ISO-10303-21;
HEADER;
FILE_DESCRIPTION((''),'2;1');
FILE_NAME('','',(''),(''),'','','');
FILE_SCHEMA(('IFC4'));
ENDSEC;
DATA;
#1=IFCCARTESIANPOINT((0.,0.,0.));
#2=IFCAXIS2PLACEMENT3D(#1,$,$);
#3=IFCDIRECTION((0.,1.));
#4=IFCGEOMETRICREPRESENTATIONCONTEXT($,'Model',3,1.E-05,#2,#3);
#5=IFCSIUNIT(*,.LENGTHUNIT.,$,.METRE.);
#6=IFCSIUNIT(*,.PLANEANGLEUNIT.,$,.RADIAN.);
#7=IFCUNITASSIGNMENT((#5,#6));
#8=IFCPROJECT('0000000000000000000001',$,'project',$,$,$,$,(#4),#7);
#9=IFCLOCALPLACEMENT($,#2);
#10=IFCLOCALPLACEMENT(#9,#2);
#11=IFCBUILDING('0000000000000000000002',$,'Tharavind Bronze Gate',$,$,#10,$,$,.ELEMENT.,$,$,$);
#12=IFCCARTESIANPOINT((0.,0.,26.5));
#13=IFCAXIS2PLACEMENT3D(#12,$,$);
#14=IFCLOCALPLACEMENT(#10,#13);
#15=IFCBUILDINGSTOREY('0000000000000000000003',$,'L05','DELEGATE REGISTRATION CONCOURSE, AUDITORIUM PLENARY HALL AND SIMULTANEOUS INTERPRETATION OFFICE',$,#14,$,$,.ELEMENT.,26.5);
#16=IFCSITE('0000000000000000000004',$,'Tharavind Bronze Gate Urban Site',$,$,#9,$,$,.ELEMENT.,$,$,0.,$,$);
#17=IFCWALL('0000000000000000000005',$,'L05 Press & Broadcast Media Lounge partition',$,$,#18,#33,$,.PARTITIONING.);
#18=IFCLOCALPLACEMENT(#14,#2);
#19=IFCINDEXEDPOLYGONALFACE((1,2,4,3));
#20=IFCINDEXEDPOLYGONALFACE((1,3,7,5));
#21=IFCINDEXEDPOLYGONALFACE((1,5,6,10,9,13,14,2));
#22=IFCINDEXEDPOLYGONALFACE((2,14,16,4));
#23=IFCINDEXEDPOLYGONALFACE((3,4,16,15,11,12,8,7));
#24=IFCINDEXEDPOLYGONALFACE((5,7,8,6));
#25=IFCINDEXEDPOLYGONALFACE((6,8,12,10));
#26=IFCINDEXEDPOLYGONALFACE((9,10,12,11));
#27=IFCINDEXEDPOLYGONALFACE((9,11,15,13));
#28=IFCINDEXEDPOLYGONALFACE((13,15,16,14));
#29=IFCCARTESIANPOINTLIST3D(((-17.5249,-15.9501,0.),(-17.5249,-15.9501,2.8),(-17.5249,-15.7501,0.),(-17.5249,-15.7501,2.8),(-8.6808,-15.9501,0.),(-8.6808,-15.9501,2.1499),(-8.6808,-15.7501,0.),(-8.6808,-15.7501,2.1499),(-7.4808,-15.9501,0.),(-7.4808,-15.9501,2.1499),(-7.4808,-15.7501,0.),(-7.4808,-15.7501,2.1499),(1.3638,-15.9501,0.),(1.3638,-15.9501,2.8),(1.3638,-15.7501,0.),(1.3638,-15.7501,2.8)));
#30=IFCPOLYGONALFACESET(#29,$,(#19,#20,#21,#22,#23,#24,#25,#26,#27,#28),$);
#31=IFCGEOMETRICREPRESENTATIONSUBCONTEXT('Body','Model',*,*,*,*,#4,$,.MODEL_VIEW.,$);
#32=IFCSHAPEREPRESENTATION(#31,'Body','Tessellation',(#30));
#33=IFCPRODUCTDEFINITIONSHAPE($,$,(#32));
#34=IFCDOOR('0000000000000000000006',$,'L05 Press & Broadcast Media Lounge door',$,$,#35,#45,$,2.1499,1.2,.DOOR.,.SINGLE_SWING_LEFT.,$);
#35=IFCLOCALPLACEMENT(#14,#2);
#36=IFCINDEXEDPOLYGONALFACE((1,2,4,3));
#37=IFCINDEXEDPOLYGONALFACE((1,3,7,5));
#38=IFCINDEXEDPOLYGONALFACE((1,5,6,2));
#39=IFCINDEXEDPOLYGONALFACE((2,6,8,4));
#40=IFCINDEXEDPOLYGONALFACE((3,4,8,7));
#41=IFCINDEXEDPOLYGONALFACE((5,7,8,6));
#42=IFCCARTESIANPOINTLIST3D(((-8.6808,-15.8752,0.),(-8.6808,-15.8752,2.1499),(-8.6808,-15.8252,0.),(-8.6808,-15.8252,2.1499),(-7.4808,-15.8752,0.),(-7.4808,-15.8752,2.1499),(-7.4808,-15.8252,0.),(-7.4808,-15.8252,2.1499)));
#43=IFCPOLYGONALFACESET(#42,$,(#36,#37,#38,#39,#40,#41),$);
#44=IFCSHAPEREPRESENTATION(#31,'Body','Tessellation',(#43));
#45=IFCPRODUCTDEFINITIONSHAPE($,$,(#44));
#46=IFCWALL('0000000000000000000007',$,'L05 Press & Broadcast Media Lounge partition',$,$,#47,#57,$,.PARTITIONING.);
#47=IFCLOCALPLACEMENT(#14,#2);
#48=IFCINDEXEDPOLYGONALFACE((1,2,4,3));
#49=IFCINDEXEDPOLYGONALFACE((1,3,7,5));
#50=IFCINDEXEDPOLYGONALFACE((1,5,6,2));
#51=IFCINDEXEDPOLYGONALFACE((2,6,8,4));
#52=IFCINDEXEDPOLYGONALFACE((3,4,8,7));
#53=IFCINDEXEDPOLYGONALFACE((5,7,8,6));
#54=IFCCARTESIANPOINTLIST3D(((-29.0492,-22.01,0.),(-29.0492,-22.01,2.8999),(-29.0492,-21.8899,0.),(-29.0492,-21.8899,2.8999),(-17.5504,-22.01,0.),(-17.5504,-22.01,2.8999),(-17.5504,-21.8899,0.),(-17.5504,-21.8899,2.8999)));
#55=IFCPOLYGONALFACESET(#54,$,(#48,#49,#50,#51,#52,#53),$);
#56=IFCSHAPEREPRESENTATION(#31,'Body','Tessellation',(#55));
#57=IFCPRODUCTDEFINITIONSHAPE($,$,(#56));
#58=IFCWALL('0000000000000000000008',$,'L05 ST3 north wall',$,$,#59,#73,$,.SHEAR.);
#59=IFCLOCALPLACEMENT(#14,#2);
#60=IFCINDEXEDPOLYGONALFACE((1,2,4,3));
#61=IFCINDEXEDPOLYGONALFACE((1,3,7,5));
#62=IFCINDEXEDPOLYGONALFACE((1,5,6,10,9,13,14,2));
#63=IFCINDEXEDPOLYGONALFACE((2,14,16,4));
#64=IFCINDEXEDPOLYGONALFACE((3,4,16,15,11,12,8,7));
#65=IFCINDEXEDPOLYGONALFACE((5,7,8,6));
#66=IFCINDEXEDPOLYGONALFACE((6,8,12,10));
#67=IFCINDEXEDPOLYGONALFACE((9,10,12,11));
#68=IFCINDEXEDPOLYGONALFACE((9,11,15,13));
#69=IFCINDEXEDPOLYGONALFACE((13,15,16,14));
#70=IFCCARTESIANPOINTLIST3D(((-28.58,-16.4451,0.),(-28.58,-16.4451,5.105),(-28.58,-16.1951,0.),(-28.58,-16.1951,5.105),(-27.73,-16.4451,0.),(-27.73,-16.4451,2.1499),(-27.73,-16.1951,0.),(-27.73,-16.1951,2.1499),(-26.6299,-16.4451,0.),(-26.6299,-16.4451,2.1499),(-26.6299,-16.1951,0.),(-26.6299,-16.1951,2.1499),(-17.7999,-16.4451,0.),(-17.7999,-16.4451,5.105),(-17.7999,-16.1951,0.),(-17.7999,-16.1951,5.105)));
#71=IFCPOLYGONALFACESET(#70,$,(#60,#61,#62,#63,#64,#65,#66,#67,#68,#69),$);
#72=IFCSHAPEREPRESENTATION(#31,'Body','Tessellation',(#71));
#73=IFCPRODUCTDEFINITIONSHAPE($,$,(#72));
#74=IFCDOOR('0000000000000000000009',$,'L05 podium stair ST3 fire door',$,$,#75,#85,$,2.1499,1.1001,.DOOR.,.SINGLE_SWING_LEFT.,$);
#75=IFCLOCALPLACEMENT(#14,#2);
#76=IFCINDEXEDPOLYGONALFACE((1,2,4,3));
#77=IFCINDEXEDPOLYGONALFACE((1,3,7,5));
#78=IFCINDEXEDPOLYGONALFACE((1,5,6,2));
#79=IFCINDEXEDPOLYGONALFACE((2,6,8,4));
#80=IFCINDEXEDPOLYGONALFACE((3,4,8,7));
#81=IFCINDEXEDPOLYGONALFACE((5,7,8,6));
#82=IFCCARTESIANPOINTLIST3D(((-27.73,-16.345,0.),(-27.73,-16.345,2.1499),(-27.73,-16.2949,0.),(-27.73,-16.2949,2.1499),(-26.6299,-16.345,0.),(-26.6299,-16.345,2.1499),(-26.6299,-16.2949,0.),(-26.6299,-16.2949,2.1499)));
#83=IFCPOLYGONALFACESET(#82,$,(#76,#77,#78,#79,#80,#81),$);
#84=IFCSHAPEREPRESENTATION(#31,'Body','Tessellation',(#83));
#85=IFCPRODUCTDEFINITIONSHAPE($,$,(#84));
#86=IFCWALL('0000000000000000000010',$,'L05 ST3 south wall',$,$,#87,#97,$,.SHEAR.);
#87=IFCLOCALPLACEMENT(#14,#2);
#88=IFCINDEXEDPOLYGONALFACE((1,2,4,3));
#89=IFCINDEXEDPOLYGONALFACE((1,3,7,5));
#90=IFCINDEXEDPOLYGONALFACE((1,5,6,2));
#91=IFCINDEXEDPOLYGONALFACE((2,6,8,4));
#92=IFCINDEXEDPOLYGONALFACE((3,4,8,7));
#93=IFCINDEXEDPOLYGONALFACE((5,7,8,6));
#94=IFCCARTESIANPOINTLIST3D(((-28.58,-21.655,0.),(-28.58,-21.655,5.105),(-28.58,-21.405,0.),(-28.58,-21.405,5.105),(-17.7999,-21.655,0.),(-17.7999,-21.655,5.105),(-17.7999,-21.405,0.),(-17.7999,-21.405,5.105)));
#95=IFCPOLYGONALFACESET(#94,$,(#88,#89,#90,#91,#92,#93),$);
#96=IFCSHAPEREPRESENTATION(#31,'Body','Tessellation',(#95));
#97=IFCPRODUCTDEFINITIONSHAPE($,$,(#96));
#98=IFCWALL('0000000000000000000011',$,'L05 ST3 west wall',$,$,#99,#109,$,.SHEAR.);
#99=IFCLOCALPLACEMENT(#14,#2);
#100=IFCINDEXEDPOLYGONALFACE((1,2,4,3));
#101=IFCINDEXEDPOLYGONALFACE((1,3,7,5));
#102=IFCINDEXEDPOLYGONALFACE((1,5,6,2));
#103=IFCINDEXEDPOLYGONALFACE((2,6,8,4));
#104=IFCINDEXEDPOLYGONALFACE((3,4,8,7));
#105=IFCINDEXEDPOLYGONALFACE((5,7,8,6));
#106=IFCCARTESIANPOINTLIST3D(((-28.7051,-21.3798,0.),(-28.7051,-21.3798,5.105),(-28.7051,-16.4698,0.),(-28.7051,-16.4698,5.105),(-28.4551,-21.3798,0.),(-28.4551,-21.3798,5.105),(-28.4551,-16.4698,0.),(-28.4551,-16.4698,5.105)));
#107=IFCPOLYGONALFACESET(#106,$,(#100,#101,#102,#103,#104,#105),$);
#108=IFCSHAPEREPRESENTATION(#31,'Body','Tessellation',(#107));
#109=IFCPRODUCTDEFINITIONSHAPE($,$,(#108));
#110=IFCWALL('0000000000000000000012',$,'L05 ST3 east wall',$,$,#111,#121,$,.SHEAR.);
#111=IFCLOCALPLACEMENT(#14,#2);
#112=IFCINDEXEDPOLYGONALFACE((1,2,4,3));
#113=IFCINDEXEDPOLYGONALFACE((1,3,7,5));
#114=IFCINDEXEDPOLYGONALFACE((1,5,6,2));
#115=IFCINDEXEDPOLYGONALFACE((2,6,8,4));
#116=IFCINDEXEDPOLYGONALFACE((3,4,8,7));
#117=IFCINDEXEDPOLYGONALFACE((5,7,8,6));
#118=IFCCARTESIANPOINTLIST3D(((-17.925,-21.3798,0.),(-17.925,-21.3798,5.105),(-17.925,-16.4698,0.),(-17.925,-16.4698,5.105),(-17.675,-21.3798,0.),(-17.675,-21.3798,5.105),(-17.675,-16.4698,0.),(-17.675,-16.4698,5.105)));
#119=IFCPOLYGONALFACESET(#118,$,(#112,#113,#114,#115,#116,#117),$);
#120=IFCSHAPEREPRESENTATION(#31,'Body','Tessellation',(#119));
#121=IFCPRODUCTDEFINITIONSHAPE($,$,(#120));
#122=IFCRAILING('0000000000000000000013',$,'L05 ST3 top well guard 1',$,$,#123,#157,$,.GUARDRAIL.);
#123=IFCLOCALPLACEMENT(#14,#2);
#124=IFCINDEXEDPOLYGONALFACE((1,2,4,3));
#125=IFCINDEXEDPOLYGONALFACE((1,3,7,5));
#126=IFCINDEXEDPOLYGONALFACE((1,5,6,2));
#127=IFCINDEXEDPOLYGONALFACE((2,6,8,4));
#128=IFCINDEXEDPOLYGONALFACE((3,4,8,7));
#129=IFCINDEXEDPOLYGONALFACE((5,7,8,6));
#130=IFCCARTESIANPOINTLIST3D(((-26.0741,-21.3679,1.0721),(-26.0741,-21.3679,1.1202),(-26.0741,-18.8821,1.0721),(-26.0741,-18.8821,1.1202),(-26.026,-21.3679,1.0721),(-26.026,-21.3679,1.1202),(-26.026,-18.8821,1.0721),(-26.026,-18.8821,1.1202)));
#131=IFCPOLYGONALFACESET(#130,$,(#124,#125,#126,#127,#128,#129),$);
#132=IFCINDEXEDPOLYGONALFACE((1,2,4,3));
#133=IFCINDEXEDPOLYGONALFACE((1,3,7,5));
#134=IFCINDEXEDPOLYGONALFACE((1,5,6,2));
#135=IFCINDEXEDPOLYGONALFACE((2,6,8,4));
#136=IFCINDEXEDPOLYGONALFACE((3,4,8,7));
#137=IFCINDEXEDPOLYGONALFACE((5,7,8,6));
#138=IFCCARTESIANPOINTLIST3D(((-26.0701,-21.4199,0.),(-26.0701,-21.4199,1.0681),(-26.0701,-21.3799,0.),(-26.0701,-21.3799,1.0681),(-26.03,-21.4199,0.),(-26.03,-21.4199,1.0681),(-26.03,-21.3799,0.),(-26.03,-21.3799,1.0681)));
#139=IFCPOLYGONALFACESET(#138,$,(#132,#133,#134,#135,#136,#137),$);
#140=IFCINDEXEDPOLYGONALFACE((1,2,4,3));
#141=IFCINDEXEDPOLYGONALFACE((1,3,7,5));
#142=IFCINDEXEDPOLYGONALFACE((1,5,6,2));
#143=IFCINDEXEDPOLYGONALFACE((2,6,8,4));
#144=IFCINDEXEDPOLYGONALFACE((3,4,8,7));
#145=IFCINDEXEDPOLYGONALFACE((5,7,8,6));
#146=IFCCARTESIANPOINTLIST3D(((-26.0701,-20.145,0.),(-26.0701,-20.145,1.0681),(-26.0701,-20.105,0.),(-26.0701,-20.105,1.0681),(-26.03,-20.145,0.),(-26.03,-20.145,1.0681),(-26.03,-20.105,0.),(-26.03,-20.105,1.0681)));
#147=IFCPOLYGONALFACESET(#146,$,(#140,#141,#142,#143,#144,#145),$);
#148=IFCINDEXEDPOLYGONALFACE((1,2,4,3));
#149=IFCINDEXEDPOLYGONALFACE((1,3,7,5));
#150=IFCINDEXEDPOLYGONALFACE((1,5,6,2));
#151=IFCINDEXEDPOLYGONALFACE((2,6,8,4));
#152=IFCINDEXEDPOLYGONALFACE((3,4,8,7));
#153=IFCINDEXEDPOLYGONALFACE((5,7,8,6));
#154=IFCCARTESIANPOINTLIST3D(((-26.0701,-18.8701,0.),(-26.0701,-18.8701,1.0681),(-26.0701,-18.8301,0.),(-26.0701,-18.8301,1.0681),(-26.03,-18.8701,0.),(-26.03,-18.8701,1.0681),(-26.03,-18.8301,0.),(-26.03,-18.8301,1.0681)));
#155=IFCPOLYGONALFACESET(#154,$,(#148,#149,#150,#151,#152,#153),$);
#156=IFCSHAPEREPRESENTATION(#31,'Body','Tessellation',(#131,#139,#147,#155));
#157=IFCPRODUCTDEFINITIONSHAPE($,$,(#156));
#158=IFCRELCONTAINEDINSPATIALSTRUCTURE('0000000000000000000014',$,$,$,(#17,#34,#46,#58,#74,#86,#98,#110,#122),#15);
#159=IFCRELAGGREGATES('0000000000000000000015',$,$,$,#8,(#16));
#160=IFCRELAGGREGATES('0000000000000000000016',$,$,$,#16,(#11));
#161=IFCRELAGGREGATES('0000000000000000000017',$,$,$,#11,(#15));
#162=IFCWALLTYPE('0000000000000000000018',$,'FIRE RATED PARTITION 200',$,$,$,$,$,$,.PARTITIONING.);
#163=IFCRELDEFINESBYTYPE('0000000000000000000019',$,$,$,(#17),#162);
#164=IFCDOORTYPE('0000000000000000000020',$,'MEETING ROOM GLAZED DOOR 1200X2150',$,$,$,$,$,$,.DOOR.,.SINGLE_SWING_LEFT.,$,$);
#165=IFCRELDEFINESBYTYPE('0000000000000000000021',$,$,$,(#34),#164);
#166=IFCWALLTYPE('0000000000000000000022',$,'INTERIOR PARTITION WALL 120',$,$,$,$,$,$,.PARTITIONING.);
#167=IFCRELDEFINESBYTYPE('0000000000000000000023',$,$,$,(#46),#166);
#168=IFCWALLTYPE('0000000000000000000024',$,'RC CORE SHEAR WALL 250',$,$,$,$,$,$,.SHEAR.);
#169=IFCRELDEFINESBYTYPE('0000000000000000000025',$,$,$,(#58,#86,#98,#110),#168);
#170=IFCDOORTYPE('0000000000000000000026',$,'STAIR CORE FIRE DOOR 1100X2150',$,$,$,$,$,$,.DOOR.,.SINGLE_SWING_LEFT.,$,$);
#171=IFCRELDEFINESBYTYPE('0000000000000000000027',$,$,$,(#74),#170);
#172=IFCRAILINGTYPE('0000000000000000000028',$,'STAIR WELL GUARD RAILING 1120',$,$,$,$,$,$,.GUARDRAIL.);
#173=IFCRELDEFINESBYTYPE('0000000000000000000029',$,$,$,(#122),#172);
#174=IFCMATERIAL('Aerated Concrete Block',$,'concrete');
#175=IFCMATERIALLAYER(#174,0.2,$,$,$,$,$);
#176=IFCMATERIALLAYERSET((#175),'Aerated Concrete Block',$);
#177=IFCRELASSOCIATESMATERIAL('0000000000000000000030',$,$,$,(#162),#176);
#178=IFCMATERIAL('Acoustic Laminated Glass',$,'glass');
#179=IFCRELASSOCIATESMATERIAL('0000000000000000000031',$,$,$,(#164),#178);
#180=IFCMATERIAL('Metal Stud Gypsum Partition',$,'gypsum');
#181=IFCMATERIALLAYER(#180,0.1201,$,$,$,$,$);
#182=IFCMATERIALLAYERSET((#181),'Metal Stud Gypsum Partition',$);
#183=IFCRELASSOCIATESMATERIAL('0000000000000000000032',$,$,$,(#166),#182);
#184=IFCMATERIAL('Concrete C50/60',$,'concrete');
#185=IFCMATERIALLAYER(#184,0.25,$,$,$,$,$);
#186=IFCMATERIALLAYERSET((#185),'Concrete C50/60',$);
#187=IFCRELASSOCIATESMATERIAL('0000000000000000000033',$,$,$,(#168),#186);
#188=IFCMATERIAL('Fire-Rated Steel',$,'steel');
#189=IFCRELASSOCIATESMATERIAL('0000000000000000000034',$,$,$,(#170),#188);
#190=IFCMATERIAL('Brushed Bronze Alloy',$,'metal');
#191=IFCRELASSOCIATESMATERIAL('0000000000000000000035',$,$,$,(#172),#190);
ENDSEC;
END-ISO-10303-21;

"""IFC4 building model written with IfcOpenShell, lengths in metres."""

from ifc_helpers import new_model, si_unit, direction, frame, frame_2d, origin, origin_2d, place, context, subcontext, project, spatial, rectangle, extrude, material, layer, layer_set, type_object, element, fill, save


model = new_model("IFC4")

# Units and contexts
model_context = context("Model", 3, precision=1e-05, world=origin(), true_north=direction((0.0, 1.0)))
body_context = subcontext(model_context, "Body", "Model", "MODEL_VIEW")
ifc_project = project(units=[si_unit("LENGTHUNIT", "METRE"), si_unit("PLANEANGLEUNIT", "RADIAN")], contexts=[model_context])

# Site, building, storey
site_placement = place(None, origin())
site = spatial("IfcSite", under=ifc_project, at=site_placement, Name="Tharavind Bronze Gate Urban Site", CompositionType="ELEMENT", RefElevation=0.0)
building_placement = place(site_placement, origin())
building = spatial("IfcBuilding", under=site, at=building_placement, Name="Tharavind Bronze Gate", CompositionType="ELEMENT")
storey_placement = place(building_placement, frame((0.0, 0.0, 26.5)))
storey = spatial("IfcBuildingStorey", under=building, at=storey_placement, Name="L05", Description="DELEGATE REGISTRATION CONCOURSE, AUDITORIUM PLENARY HALL AND SIMULTANEOUS INTERPRETATION OFFICE", CompositionType="ELEMENT", Elevation=26.5)

# Shared definitions
ifc_material_1 = material(Name="Aerated Concrete Block", Category="concrete")
ifc_layer_1 = layer(ifc_material_1, 0.2)
ifc_layer_set_1 = layer_set([ifc_layer_1], Name="Aerated Concrete Block")
wall_type_1 = type_object("IfcWallType", Name="FIRE RATED PARTITION 200", PredefinedType="PARTITIONING", material=ifc_layer_set_1)

# Wall, opening, door
wall_1_placement = place(storey_placement, frame((-17.5249, -15.8501, 0.0), z_axis=(0.0, 0.0, 1.0), x_axis=(1.0, 0.0, 0.0)))
wall_1 = element("IfcWall", 1, at=wall_1_placement, inside=storey, type_object=wall_type_1, Name="L05 Press & Broadcast Media Lounge partition", PredefinedType="PARTITIONING", context=body_context, shape_type="SweptSolid", body=[
    extrude(rectangle(XDim=18.8887, YDim=0.2, at=frame_2d((9.4443, 0.0))), origin(), (0.0, 0.0, 1.0), 2.8),
])
opening_1_placement = place(wall_1_placement, frame((8.844, 0.0, 0.0)))
opening_1 = element("IfcOpeningElement", 2, at=opening_1_placement, cuts=wall_1, PredefinedType="OPENING", context=body_context, shape_type="SweptSolid", body=[
    extrude(rectangle(XDim=1.2, YDim=2.1499, at=frame_2d((0.6001, 1.075))), frame((0.0, 0.1101, 0.0), z_axis=(0.0, -1.0, 0.0), x_axis=(1.0, 0.0, 0.0)), (0.0, 0.0, 1.0), 0.22),
])
ifc_material_2 = material(Name="Acoustic Laminated Glass", Category="glass")
door_type_1 = type_object("IfcDoorType", Name="MEETING ROOM GLAZED DOOR 1200X2150", OperationType="SINGLE_SWING_LEFT", PredefinedType="DOOR", material=ifc_material_2)
door_1_placement = place(opening_1_placement, origin())
door_1 = element("IfcDoor", 3, at=door_1_placement, inside=storey, type_object=door_type_1, Name="L05 Press & Broadcast Media Lounge door", OperationType="SINGLE_SWING_LEFT", OverallHeight=2.1499, OverallWidth=1.2, PredefinedType="DOOR", context=body_context, shape_type="SweptSolid", body=[
    extrude(rectangle(XDim=1.2, YDim=2.1499, at=frame_2d((0.6001, 1.075))), frame((0.0, 0.0249, 0.0), z_axis=(0.0, -1.0, 0.0), x_axis=(1.0, 0.0, 0.0)), (0.0, 0.0, 1.0), 0.05),
])
fill(opening_1, door_1)

# Wall
ifc_material_3 = material(Name="Metal Stud Gypsum Partition", Category="gypsum")
ifc_layer_2 = layer(ifc_material_3, 0.1201)
ifc_layer_set_2 = layer_set([ifc_layer_2], Name="Metal Stud Gypsum Partition")
wall_type_2 = type_object("IfcWallType", Name="INTERIOR PARTITION WALL 120", PredefinedType="PARTITIONING", material=ifc_layer_set_2)
wall_2_placement = place(storey_placement, frame((-29.0493, -21.95, 0.0), z_axis=(0.0, 0.0, 1.0), x_axis=(1.0, 0.0, 0.0)))
element("IfcWall", 4, at=wall_2_placement, inside=storey, type_object=wall_type_2, Name="L05 Press & Broadcast Media Lounge partition", PredefinedType="PARTITIONING", context=body_context, shape_type="SweptSolid", body=[
    extrude(rectangle(XDim=11.4988, YDim=0.1201, at=frame_2d((5.7495, 0.0))), origin(), (0.0, 0.0, 1.0), 2.8999),
])

# Wall, opening, door
ifc_material_4 = material(Name="Concrete C50/60", Category="concrete")
ifc_layer_3 = layer(ifc_material_4, 0.25)
ifc_layer_set_3 = layer_set([ifc_layer_3], Name="Concrete C50/60")
wall_type_3 = type_object("IfcWallType", Name="RC CORE SHEAR WALL 250", PredefinedType="SHEAR", material=ifc_layer_set_3)
wall_3_placement = place(storey_placement, frame((-28.5801, -16.3201, 0.0), z_axis=(0.0, 0.0, 1.0), x_axis=(1.0, 0.0, 0.0)))
wall_3 = element("IfcWall", 5, at=wall_3_placement, inside=storey, type_object=wall_type_3, Name="L05 ST3 north wall", PredefinedType="SHEAR", context=body_context, shape_type="SweptSolid", body=[
    extrude(rectangle(XDim=10.78, YDim=0.25, at=frame_2d((5.3901, 0.0))), origin(), (0.0, 0.0, 1.0), 5.105),
])
opening_2_placement = place(wall_3_placement, frame((0.8501, 0.0, 0.0)))
opening_2 = element("IfcOpeningElement", 6, at=opening_2_placement, cuts=wall_3, PredefinedType="OPENING", context=body_context, shape_type="SweptSolid", body=[
    extrude(rectangle(XDim=1.1001, YDim=2.1499, at=frame_2d((0.55, 1.075))), frame((0.0, 0.135, 0.0), z_axis=(0.0, -1.0, 0.0), x_axis=(1.0, 0.0, 0.0)), (0.0, 0.0, 1.0), 0.27),
])
ifc_material_5 = material(Name="Fire-Rated Steel", Category="steel")
door_type_2 = type_object("IfcDoorType", Name="STAIR CORE FIRE DOOR 1100X2150", OperationType="SINGLE_SWING_LEFT", PredefinedType="DOOR", material=ifc_material_5)
door_2_placement = place(opening_2_placement, frame((1.1001, 0.0, 0.0), z_axis=(0.0, 0.0, 1.0), x_axis=(-1.0, 0.0, 0.0)))
door_2 = element("IfcDoor", 7, at=door_2_placement, inside=storey, type_object=door_type_2, Name="L05 podium stair ST3 fire door", OperationType="SINGLE_SWING_LEFT", OverallHeight=2.1499, OverallWidth=1.1001, PredefinedType="DOOR", context=body_context, shape_type="SweptSolid", body=[
    extrude(rectangle(XDim=1.1001, YDim=2.1499, at=frame_2d((0.55, 1.075))), frame((0.0, 0.0249, 0.0), z_axis=(0.0, -1.0, 0.0), x_axis=(1.0, 0.0, 0.0)), (0.0, 0.0, 1.0), 0.05),
])
fill(opening_2, door_2)

# Walls
wall_4_placement = place(storey_placement, frame((-28.5801, -21.53, 0.0), z_axis=(0.0, 0.0, 1.0), x_axis=(1.0, 0.0, 0.0)))
element("IfcWall", 8, at=wall_4_placement, inside=storey, type_object=wall_type_3, Name="L05 ST3 south wall", PredefinedType="SHEAR", context=body_context, shape_type="SweptSolid", body=[
    extrude(rectangle(XDim=10.78, YDim=0.25, at=frame_2d((5.3901, 0.0))), origin(), (0.0, 0.0, 1.0), 5.105),
])
for number, where, z_axis, x_axis, name in (
    (9, (-28.5801, -21.3799, 0.0), (0.0, 0.0, 1.0), (0.0, 1.0, 0.0), "L05 ST3 west wall"),
    (10, (-17.8, -21.3799, 0.0), (0.0, 0.0, 1.0), (0.0, 1.0, 0.0), "L05 ST3 east wall"),
):
    element("IfcWall", number, at=place(storey_placement, frame(where, z_axis=z_axis, x_axis=x_axis)), inside=storey, type_object=wall_type_3, Name=name, PredefinedType="SHEAR", context=body_context, shape_type="SweptSolid", body=[
        extrude(rectangle(XDim=4.9099, YDim=0.25, at=frame_2d((2.4551, 0.0))), origin(), (0.0, 0.0, 1.0), 5.105),
    ])

# Railing
ifc_material_6 = material(Name="Brushed Bronze Alloy", Category="metal")
railing_type = type_object("IfcRailingType", Name="STAIR WELL GUARD RAILING 1120", PredefinedType="GUARDRAIL", material=ifc_material_6)
railing_placement = place(storey_placement, frame((-26.05, -21.3999, 0.0)))
element("IfcRailing", 11, at=railing_placement, inside=storey, type_object=railing_type, Name="L05 ST3 top well guard 1", PredefinedType="GUARDRAIL", context=body_context, shape_type="SweptSolid", body=[
    extrude(rectangle(XDim=0.0481, YDim=0.0481, at=origin_2d()), frame((0.0, 0.032, 1.0962), z_axis=(0.0, 1.0, 0.0), x_axis=(-1.0, 0.0, 0.0)), (0.0, 0.0, 1.0), 2.4858),
    extrude(rectangle(XDim=0.04, YDim=0.04, at=origin_2d()), origin(), (0.0, 0.0, 1.0), 1.0681),
    extrude(rectangle(XDim=0.04, YDim=0.04, at=origin_2d()), frame((0.0, 1.2749, 0.0)), (0.0, 0.0, 1.0), 1.0681),
    extrude(rectangle(XDim=0.04, YDim=0.04, at=origin_2d()), frame((0.0, 2.5498, 0.0)), (0.0, 0.0, 1.0), 1.0681),
])

save(model, "model.ifc")
